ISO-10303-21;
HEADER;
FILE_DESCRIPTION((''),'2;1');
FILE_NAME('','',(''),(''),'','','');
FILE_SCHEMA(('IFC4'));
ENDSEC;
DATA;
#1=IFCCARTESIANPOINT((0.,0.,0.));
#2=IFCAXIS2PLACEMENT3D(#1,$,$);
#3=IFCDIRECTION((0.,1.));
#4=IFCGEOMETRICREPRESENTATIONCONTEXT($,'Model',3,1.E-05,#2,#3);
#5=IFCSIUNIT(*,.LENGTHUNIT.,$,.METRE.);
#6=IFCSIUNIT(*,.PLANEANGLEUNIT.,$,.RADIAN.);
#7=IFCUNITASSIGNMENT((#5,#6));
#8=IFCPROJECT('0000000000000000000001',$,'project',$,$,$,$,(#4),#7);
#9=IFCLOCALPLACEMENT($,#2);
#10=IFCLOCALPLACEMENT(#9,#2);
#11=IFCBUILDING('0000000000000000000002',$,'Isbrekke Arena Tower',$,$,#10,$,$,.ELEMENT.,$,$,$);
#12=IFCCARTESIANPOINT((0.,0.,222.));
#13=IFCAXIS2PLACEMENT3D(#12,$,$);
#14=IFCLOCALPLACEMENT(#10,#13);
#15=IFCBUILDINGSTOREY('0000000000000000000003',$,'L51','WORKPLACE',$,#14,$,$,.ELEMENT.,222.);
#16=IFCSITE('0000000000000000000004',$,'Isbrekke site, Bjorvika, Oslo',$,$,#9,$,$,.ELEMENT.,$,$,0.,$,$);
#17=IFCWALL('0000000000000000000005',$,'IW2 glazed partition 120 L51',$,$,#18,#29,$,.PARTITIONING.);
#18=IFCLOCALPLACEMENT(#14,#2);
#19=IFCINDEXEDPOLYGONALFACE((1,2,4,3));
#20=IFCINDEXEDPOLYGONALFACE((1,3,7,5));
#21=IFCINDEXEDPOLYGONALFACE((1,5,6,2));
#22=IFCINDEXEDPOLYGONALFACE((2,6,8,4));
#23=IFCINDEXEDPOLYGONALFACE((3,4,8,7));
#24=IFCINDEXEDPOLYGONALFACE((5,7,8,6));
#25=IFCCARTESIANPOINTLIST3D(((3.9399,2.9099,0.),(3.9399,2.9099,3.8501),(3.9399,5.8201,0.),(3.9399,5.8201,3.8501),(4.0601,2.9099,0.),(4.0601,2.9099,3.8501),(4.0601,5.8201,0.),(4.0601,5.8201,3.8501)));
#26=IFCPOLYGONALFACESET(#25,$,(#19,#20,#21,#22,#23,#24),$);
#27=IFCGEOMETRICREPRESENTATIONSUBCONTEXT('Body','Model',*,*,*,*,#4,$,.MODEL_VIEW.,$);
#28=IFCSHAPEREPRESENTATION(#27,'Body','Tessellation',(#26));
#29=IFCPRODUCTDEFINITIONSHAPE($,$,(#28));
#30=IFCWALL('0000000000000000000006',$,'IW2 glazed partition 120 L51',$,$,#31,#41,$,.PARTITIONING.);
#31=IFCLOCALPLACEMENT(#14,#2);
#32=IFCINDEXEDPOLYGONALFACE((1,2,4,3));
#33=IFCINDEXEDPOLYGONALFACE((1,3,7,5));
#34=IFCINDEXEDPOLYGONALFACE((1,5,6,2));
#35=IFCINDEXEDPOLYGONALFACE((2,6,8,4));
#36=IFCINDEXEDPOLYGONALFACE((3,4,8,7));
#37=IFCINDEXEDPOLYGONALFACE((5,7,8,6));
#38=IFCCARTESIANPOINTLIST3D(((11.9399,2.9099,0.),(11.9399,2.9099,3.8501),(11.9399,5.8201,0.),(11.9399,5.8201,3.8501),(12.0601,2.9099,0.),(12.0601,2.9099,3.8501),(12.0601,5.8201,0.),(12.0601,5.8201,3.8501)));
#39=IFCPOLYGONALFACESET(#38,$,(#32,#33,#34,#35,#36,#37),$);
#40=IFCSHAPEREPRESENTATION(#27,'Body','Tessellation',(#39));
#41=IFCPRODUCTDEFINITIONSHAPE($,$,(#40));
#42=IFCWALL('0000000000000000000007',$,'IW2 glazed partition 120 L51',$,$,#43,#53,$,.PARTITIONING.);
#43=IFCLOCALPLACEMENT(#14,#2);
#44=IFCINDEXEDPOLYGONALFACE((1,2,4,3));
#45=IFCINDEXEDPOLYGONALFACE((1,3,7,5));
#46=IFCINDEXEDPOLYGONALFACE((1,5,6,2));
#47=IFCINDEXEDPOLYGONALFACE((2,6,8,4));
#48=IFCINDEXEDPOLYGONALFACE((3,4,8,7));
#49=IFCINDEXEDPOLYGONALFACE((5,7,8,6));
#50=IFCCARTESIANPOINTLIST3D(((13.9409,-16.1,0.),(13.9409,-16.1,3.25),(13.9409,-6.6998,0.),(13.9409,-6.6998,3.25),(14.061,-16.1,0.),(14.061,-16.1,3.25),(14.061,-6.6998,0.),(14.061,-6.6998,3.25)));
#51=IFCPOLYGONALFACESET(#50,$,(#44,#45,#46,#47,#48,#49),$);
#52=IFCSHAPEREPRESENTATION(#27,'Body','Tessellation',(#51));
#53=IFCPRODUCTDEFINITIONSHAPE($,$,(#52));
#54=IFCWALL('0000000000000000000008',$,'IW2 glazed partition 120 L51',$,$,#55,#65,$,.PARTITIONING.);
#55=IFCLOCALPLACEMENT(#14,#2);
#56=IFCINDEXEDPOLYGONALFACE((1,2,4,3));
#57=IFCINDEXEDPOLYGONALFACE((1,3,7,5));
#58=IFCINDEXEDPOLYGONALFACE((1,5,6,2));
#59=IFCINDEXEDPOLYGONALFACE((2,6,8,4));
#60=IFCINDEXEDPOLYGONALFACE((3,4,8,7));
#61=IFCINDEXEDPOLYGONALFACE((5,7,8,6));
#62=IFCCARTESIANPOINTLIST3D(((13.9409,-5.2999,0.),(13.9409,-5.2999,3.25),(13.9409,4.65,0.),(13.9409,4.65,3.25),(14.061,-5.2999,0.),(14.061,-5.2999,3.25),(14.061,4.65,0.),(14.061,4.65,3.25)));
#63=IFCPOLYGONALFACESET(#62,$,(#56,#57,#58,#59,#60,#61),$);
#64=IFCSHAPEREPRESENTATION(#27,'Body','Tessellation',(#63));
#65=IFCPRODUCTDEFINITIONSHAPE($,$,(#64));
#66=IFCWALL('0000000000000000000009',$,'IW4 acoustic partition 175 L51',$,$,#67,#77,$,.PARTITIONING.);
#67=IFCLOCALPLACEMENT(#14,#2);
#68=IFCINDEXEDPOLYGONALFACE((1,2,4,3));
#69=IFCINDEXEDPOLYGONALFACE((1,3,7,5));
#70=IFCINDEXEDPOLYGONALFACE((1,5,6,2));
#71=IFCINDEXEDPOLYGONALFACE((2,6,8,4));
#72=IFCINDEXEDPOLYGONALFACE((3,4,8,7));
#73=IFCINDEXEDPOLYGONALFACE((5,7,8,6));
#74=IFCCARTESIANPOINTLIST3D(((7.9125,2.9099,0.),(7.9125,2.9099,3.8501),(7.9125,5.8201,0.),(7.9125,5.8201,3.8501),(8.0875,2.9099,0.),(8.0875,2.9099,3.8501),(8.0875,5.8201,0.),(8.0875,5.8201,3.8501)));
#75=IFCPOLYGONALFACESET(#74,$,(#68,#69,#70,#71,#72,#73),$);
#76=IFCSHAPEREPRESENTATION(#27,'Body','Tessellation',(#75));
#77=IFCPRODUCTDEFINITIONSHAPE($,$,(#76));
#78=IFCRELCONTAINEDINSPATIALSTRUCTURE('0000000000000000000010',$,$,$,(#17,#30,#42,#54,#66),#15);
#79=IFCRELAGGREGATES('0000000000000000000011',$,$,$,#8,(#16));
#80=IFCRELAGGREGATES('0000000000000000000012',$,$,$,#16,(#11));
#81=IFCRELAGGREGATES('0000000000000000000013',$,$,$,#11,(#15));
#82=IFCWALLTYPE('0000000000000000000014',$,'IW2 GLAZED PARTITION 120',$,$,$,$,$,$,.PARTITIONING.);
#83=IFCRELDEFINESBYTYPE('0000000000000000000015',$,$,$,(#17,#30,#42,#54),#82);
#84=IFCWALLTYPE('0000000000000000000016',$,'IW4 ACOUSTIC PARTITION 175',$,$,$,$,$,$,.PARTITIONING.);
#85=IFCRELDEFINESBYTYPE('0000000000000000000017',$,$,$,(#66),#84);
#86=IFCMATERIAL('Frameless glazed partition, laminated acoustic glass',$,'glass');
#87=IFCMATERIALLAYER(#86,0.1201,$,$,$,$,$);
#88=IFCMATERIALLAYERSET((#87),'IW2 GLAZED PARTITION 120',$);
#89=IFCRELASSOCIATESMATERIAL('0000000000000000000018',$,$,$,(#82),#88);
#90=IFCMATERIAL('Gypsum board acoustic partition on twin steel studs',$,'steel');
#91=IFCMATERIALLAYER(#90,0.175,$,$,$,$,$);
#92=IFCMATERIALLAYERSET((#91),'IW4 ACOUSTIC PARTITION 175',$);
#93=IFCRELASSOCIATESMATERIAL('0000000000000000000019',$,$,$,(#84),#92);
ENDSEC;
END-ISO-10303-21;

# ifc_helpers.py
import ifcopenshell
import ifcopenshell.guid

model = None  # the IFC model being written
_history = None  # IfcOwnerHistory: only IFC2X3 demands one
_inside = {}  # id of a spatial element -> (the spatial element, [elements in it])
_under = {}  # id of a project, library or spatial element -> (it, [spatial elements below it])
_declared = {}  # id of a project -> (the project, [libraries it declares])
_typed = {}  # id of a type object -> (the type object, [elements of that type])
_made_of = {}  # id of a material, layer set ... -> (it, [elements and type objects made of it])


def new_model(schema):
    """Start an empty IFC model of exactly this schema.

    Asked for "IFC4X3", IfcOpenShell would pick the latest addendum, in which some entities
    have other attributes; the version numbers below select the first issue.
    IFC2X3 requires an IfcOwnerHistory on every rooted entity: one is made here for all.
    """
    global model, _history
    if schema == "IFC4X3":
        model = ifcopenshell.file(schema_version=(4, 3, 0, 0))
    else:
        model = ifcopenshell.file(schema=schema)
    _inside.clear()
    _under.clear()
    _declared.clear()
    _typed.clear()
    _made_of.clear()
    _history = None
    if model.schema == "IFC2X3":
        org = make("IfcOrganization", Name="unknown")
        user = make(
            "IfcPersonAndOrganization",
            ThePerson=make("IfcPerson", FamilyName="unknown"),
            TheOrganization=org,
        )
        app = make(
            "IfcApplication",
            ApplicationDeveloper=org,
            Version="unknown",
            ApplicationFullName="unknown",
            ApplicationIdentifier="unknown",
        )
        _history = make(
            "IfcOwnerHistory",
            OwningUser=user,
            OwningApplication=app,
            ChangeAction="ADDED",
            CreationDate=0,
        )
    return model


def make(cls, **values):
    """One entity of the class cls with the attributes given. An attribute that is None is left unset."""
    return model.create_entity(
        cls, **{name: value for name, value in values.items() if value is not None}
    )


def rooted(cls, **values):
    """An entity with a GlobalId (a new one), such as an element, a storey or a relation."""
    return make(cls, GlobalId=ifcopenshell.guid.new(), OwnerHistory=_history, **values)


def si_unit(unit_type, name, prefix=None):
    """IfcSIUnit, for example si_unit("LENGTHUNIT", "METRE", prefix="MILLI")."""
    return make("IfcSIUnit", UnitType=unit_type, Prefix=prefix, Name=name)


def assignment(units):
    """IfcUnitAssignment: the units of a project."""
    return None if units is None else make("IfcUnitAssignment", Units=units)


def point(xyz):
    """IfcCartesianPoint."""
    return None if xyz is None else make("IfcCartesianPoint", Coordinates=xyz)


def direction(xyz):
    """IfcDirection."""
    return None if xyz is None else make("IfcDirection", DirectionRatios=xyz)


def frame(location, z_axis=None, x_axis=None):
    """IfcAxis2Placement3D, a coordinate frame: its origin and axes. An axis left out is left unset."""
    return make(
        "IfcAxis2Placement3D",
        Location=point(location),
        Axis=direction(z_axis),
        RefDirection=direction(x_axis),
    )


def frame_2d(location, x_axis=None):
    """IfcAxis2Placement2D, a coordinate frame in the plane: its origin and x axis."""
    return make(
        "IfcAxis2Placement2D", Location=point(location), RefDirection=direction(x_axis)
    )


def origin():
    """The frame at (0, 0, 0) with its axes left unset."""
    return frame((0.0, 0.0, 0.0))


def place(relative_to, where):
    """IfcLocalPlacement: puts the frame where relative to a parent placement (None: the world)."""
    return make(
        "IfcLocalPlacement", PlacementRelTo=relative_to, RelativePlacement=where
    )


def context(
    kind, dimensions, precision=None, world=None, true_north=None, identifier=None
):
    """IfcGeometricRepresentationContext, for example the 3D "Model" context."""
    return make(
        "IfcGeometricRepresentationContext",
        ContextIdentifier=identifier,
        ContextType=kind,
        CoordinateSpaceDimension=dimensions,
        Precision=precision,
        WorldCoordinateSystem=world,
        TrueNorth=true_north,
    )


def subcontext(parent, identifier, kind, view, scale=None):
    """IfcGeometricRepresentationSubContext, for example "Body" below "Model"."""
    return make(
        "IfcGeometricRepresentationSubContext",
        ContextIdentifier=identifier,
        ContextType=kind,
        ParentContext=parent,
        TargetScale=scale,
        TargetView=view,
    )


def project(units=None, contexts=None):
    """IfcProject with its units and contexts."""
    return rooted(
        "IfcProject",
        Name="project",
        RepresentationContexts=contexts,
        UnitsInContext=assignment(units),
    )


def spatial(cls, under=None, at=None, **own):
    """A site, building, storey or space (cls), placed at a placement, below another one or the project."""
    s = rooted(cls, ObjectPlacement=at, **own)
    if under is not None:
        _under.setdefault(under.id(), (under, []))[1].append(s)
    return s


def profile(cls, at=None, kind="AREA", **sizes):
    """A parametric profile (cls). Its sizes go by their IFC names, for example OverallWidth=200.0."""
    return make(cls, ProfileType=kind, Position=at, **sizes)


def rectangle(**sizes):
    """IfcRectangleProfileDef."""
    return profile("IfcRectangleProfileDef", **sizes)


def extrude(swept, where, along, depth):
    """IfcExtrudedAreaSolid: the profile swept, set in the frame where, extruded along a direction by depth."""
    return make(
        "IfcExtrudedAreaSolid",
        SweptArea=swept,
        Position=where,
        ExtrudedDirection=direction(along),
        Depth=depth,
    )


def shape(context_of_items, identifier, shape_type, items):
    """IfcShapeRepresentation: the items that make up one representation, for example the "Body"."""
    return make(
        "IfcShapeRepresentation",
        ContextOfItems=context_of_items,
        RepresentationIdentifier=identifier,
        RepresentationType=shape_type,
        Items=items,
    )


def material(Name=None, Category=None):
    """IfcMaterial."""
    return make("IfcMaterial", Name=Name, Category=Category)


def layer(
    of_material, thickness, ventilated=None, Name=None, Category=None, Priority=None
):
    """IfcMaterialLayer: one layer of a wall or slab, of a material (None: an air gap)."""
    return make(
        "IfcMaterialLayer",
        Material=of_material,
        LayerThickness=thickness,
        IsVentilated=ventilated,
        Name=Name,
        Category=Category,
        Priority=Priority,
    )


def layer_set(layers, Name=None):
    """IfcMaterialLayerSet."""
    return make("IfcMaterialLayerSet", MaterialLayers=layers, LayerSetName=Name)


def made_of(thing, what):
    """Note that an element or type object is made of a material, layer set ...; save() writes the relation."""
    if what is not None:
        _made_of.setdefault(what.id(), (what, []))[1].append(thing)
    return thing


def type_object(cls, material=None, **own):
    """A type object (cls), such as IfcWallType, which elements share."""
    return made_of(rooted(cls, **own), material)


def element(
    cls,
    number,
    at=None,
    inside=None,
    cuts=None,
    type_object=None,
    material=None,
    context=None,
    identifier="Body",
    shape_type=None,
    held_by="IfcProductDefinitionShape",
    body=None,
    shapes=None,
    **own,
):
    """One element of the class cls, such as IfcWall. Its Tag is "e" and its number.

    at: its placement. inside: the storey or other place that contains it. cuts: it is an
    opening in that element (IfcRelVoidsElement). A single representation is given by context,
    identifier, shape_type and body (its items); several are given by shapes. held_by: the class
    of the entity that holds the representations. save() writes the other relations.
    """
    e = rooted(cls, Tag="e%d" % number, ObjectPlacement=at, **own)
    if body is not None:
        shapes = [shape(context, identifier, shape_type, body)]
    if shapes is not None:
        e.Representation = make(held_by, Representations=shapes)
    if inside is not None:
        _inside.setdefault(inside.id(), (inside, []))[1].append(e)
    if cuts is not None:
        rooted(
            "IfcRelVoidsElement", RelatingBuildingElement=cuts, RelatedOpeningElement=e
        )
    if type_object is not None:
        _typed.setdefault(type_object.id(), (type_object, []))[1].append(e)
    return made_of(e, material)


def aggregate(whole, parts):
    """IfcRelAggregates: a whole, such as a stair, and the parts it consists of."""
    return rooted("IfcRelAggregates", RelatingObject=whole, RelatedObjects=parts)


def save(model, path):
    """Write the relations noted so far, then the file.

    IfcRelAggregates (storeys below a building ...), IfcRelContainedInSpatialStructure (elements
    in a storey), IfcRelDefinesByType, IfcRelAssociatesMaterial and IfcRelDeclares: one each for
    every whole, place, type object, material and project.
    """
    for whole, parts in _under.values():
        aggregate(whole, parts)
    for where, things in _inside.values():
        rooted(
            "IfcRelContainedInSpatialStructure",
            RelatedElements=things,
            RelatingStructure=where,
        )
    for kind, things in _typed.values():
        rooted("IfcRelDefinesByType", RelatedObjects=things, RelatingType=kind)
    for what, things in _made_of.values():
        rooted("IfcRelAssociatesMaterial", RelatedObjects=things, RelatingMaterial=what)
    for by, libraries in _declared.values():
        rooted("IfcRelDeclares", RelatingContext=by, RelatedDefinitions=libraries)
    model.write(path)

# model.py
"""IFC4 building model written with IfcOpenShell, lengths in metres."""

from ifc_helpers import new_model, si_unit, direction, frame, frame_2d, origin, place, context, subcontext, project, spatial, rectangle, extrude, material, layer, layer_set, type_object, element, save


model = new_model("IFC4")

# Units and contexts
model_context = context("Model", 3, precision=1e-05, world=origin(), true_north=direction((0.0, 1.0)))
body_context = subcontext(model_context, "Body", "Model", "MODEL_VIEW")
ifc_project = project(units=[si_unit("LENGTHUNIT", "METRE"), si_unit("PLANEANGLEUNIT", "RADIAN")], contexts=[model_context])

# Site, building, storey
site_placement = place(None, origin())
site = spatial("IfcSite", under=ifc_project, at=site_placement, Name="Isbrekke site, Bjorvika, Oslo", CompositionType="ELEMENT", RefElevation=0.0)
building_placement = place(site_placement, origin())
building = spatial("IfcBuilding", under=site, at=building_placement, Name="Isbrekke Arena Tower", CompositionType="ELEMENT")
storey_placement = place(building_placement, frame((0.0, 0.0, 222.0)))
storey = spatial("IfcBuildingStorey", under=building, at=storey_placement, Name="L51", Description="WORKPLACE", CompositionType="ELEMENT", Elevation=222.0)

# Shared definitions
ifc_material_1 = material(Name="Frameless glazed partition, laminated acoustic glass", Category="glass")
ifc_layer_1 = layer(ifc_material_1, 0.1201)
ifc_layer_set_1 = layer_set([ifc_layer_1], Name="IW2 GLAZED PARTITION 120")
wall_type_1 = type_object("IfcWallType", Name="IW2 GLAZED PARTITION 120", PredefinedType="PARTITIONING", material=ifc_layer_set_1)

# Walls
for number, where, z_axis, x_axis, name in (
    (1, (4.0, 2.9099, 0.0), (0.0, 0.0, 1.0), (0.0, 1.0, 0.0), "IW2 glazed partition 120 L51"),
    (2, (12.0, 2.9099, 0.0), (0.0, 0.0, 1.0), (0.0, 1.0, 0.0), "IW2 glazed partition 120 L51"),
):
    element("IfcWall", number, at=place(storey_placement, frame(where, z_axis=z_axis, x_axis=x_axis)), inside=storey, type_object=wall_type_1, Name=name, PredefinedType="PARTITIONING", context=body_context, shape_type="SweptSolid", body=[
        extrude(rectangle(XDim=2.9102, YDim=0.1201, at=frame_2d((1.4551, 0.0))), origin(), (0.0, 0.0, 1.0), 3.8501),
    ])
wall_1_placement = place(storey_placement, frame((14.001, -16.1001, 0.0), z_axis=(0.0, 0.0, 1.0), x_axis=(0.0, 1.0, 0.0)))
element("IfcWall", 3, at=wall_1_placement, inside=storey, type_object=wall_type_1, Name="IW2 glazed partition 120 L51", PredefinedType="PARTITIONING", context=body_context, shape_type="SweptSolid", body=[
    extrude(rectangle(XDim=9.4001, YDim=0.1201, at=frame_2d((4.7002, 0.0))), origin(), (0.0, 0.0, 1.0), 3.25),
])
wall_2_placement = place(storey_placement, frame((14.001, -5.3, 0.0), z_axis=(0.0, 0.0, 1.0), x_axis=(0.0, 1.0, 0.0)))
element("IfcWall", 4, at=wall_2_placement, inside=storey, type_object=wall_type_1, Name="IW2 glazed partition 120 L51", PredefinedType="PARTITIONING", context=body_context, shape_type="SweptSolid", body=[
    extrude(rectangle(XDim=9.95, YDim=0.1201, at=frame_2d((4.9751, 0.0))), origin(), (0.0, 0.0, 1.0), 3.25),
])
ifc_material_2 = material(Name="Gypsum board acoustic partition on twin steel studs", Category="steel")
ifc_layer_2 = layer(ifc_material_2, 0.175)
ifc_layer_set_2 = layer_set([ifc_layer_2], Name="IW4 ACOUSTIC PARTITION 175")
wall_type_2 = type_object("IfcWallType", Name="IW4 ACOUSTIC PARTITION 175", PredefinedType="PARTITIONING", material=ifc_layer_set_2)
wall_3_placement = place(storey_placement, frame((8.0, 2.9099, 0.0), z_axis=(0.0, 0.0, 1.0), x_axis=(0.0, 1.0, 0.0)))
element("IfcWall", 5, at=wall_3_placement, inside=storey, type_object=wall_type_2, Name="IW4 acoustic partition 175 L51", PredefinedType="PARTITIONING", context=body_context, shape_type="SweptSolid", body=[
    extrude(rectangle(XDim=2.9102, YDim=0.175, at=frame_2d((1.4551, 0.0))), origin(), (0.0, 0.0, 1.0), 3.8501),
])

save(model, "model.ifc")
